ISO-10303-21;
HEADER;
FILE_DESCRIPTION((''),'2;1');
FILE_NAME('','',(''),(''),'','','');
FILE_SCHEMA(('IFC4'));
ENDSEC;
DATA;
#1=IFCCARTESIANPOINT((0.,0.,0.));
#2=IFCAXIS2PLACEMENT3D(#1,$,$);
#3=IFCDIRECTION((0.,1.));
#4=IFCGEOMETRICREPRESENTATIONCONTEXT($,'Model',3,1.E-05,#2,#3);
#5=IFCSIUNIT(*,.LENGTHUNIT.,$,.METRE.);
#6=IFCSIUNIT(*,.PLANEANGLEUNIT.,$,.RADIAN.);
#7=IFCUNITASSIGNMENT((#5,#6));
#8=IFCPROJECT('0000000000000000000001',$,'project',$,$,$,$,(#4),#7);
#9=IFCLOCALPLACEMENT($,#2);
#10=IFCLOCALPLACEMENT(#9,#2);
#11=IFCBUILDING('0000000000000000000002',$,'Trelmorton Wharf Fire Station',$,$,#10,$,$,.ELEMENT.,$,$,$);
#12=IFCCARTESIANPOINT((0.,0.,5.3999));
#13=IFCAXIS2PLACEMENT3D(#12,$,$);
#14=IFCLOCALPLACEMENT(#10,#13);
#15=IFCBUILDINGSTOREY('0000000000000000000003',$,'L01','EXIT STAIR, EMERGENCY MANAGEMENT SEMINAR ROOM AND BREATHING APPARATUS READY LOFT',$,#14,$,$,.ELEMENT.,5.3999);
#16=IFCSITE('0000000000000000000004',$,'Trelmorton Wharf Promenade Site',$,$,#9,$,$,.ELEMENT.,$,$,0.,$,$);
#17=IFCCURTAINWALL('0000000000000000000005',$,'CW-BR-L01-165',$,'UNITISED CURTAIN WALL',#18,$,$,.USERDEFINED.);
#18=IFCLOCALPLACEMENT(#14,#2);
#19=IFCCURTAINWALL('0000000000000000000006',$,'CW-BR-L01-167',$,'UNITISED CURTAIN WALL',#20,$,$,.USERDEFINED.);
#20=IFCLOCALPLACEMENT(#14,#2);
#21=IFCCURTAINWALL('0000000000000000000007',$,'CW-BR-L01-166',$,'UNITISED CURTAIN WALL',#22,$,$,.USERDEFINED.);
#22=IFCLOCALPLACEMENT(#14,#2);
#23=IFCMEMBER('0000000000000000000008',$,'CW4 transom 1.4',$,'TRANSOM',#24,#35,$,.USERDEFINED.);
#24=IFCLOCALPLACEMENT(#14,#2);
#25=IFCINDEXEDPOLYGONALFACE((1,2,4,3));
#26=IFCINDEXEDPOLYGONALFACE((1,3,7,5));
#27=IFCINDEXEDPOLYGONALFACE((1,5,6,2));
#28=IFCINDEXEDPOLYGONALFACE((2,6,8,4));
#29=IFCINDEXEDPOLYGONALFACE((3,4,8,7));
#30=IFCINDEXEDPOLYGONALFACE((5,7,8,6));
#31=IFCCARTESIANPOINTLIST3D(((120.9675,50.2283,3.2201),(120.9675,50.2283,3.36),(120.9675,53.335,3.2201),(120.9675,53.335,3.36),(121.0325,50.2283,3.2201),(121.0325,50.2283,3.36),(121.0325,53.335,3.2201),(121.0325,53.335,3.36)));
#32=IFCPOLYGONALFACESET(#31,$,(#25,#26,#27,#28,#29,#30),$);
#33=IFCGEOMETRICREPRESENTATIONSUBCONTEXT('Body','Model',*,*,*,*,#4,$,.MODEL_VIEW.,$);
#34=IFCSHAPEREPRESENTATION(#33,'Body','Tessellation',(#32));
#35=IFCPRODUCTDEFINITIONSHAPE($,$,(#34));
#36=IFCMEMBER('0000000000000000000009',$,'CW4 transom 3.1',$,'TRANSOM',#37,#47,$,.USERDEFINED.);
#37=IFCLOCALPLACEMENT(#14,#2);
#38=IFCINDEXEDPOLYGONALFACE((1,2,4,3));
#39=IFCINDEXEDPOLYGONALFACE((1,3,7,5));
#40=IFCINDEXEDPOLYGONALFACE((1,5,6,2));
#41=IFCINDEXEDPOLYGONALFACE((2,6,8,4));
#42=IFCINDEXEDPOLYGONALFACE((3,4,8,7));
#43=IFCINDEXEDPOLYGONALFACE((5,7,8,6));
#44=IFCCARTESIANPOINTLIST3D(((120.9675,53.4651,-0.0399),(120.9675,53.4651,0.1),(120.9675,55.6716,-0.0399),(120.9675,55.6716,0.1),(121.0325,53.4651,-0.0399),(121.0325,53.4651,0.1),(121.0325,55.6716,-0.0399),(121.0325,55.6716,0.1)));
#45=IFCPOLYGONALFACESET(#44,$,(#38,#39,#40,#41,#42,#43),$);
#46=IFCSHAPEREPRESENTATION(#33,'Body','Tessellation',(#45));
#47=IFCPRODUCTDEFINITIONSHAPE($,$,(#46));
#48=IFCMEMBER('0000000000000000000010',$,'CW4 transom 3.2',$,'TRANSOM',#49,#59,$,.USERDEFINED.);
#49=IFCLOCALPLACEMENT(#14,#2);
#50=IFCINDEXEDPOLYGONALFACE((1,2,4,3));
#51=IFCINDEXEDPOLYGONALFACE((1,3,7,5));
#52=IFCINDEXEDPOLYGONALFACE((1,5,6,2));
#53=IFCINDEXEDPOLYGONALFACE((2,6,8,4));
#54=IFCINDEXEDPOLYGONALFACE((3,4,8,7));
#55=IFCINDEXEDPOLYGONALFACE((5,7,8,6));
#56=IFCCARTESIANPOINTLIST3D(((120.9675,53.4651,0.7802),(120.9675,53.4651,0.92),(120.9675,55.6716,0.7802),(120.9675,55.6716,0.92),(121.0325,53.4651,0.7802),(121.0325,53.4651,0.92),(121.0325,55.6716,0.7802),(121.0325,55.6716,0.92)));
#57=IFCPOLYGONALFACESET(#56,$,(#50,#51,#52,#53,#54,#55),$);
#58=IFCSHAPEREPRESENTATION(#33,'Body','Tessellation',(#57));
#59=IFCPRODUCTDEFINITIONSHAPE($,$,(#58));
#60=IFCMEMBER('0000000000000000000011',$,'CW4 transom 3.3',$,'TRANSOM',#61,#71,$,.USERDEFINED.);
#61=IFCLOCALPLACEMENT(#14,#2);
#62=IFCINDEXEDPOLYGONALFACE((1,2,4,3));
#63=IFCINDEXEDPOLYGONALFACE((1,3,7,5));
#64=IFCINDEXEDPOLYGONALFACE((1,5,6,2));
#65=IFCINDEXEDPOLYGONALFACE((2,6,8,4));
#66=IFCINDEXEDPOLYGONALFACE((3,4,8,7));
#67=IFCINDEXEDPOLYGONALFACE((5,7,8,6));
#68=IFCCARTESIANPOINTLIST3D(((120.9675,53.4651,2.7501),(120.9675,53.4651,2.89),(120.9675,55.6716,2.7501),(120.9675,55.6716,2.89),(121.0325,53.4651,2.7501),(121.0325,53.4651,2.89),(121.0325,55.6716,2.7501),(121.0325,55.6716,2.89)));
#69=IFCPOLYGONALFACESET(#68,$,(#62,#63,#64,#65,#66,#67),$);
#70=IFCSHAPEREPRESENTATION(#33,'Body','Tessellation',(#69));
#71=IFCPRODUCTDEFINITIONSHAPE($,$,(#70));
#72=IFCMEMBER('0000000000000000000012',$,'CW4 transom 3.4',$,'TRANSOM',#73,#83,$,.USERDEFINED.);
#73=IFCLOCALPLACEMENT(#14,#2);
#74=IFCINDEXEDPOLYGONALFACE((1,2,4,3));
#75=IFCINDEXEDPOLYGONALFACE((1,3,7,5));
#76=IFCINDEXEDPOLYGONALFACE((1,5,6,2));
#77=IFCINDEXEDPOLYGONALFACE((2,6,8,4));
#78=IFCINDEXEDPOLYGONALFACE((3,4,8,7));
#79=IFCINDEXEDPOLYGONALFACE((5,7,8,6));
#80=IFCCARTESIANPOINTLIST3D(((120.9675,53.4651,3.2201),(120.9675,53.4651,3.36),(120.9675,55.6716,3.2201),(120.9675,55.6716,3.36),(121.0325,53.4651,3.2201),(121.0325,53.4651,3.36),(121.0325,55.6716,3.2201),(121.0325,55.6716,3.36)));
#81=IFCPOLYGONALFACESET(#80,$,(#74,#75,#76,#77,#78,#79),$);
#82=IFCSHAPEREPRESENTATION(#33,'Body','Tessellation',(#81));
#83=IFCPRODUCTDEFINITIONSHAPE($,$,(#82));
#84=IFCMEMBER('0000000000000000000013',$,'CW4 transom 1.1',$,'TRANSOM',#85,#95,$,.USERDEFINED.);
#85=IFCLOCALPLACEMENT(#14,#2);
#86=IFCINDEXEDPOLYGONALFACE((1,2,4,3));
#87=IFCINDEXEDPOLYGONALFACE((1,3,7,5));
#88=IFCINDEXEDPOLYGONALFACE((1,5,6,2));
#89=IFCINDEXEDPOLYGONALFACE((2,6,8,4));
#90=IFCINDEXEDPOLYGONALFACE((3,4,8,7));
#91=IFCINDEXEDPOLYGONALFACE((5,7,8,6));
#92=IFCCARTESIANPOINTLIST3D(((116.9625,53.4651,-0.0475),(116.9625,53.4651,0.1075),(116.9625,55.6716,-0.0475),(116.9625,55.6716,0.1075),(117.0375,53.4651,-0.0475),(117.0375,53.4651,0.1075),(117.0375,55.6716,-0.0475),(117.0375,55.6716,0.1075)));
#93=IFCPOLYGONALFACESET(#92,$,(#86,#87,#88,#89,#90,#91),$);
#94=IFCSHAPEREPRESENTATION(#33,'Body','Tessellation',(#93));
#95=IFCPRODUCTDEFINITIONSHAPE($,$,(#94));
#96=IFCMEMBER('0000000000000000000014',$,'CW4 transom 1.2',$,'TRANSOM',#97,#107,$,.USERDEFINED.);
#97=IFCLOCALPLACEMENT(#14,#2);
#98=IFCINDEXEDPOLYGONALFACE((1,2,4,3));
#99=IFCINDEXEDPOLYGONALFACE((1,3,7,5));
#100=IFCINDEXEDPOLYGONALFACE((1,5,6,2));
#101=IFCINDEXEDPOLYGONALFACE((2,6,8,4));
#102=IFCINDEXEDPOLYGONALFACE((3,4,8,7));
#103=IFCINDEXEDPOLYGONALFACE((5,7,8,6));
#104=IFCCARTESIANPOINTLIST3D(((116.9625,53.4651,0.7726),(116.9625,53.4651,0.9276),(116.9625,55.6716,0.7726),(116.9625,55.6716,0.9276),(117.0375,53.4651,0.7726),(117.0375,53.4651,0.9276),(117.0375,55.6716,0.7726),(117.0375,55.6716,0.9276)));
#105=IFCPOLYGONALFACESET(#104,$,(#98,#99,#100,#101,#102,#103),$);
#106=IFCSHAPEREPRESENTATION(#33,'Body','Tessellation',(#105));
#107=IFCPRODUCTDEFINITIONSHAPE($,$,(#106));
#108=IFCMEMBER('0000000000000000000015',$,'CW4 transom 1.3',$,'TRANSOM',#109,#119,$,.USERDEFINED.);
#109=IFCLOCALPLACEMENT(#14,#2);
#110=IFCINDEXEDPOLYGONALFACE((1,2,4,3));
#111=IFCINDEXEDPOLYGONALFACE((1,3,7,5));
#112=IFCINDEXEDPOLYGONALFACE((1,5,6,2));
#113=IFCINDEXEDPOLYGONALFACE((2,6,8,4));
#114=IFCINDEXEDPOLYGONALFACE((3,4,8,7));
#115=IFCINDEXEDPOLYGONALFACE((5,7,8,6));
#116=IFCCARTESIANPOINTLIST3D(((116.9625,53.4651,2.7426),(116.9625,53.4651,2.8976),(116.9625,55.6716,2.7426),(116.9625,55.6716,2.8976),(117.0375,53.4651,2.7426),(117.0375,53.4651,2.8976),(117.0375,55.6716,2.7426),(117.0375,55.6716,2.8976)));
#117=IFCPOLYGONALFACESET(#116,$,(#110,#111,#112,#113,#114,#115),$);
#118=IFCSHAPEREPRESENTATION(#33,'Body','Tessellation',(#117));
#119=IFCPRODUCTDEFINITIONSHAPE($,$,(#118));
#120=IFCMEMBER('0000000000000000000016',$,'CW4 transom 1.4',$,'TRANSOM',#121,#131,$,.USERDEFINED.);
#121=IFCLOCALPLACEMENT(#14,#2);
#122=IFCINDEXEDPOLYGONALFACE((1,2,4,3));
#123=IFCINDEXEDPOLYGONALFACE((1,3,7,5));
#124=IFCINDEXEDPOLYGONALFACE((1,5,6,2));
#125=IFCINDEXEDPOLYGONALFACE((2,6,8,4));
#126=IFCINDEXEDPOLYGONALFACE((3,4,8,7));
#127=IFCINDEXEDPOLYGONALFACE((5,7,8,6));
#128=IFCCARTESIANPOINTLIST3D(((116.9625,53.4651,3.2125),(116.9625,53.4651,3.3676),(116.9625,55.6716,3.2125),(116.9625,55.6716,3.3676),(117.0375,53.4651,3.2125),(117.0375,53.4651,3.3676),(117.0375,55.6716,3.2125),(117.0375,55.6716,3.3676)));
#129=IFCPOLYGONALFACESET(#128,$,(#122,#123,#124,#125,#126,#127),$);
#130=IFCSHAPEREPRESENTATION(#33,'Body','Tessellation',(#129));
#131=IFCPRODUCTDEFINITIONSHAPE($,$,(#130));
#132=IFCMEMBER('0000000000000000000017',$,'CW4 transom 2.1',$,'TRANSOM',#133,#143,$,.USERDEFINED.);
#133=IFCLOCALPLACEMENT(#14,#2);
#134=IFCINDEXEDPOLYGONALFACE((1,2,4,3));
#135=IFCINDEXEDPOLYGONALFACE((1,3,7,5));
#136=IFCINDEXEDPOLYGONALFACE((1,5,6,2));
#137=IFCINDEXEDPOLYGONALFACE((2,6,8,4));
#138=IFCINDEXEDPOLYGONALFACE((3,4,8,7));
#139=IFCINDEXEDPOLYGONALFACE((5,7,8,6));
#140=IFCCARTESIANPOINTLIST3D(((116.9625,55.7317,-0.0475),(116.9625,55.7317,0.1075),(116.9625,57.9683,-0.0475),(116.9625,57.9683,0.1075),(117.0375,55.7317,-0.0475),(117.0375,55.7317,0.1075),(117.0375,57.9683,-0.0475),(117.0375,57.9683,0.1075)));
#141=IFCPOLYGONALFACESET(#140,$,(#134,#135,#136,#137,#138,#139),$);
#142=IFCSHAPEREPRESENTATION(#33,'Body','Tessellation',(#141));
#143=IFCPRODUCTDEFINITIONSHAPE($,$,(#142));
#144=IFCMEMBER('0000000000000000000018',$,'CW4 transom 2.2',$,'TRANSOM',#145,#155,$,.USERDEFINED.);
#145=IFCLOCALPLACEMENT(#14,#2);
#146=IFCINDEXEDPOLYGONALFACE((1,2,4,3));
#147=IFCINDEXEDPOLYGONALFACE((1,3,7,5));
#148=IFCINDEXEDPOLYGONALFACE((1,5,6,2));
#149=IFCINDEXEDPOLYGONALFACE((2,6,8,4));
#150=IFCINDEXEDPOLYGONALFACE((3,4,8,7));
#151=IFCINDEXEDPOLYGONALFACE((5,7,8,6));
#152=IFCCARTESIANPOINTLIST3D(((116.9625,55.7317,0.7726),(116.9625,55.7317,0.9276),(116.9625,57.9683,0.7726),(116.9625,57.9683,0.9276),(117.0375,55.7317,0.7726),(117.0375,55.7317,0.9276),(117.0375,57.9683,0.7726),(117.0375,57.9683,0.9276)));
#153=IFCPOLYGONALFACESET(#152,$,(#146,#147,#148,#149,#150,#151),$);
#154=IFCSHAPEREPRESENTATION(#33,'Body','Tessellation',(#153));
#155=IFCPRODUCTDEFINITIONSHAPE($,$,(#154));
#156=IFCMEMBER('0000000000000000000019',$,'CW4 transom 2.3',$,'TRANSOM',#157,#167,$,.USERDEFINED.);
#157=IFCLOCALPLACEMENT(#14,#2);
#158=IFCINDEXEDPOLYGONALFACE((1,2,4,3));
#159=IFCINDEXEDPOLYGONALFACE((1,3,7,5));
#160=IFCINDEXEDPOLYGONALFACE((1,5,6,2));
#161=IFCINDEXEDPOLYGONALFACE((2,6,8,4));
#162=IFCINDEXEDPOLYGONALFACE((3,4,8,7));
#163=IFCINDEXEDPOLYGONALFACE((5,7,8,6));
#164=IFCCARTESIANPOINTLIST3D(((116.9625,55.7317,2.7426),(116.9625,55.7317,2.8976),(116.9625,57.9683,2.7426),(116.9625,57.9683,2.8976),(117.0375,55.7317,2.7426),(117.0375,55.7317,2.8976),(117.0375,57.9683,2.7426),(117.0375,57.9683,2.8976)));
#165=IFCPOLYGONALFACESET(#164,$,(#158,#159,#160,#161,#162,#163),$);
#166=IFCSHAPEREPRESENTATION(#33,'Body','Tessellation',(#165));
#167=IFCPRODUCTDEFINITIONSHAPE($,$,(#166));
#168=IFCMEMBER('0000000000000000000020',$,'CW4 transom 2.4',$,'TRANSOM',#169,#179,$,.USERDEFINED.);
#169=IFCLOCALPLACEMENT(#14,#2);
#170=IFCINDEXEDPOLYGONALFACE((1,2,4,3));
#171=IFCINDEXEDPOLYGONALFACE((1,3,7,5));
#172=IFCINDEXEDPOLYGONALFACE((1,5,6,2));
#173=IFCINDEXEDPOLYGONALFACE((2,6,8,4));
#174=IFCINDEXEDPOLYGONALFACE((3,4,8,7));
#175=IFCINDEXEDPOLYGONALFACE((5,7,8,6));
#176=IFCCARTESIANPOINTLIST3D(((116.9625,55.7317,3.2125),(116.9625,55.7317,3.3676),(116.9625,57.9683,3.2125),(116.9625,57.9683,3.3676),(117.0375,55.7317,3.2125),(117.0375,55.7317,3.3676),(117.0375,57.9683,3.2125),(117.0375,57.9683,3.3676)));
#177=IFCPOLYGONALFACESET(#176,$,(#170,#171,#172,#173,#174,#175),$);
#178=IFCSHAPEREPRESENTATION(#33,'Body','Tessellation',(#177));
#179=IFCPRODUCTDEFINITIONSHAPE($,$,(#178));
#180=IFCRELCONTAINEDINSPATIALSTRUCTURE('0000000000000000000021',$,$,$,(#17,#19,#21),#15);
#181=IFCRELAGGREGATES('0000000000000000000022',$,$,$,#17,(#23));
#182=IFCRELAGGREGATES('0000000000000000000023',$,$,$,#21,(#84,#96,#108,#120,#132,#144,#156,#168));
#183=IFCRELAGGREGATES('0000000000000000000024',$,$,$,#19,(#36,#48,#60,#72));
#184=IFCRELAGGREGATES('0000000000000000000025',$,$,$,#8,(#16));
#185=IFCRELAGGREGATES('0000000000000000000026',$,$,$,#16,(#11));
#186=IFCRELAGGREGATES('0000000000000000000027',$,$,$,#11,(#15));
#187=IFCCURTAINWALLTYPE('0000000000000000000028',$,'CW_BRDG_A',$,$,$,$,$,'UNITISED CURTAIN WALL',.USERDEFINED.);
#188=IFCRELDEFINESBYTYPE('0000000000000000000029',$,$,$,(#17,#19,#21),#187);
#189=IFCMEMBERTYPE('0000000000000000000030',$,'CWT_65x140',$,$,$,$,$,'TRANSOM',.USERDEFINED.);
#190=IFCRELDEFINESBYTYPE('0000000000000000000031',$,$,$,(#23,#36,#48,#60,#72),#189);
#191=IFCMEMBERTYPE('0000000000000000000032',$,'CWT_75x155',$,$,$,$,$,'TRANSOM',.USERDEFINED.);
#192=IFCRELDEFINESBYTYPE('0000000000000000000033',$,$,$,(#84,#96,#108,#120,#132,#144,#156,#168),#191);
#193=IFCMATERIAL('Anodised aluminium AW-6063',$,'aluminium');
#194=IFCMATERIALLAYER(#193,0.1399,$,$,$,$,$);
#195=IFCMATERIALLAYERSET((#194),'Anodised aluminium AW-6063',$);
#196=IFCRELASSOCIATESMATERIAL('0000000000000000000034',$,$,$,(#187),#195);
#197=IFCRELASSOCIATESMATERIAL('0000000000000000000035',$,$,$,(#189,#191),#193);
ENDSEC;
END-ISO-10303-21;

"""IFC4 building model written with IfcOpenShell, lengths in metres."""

from ifc_helpers import new_model, si_unit, direction, frame, origin, origin_2d, place, context, subcontext, project, spatial, rectangle, extrude, material, layer, layer_set, material_profile, profile_set, type_object, element, aggregate, save


model = new_model("IFC4")

# Units and contexts
model_context = context("Model", 3, precision=1e-05, world=origin(), true_north=direction((0.0, 1.0)))
body_context = subcontext(model_context, "Body", "Model", "MODEL_VIEW")
ifc_project = project(units=[si_unit("LENGTHUNIT", "METRE"), si_unit("PLANEANGLEUNIT", "RADIAN")], contexts=[model_context])

# Site, building, storey
site_placement = place(None, origin())
site = spatial("IfcSite", under=ifc_project, at=site_placement, Name="Trelmorton Wharf Promenade Site", CompositionType="ELEMENT", RefElevation=0.0)
building_placement = place(site_placement, origin())
building = spatial("IfcBuilding", under=site, at=building_placement, Name="Trelmorton Wharf Fire Station", CompositionType="ELEMENT")
storey_placement = place(building_placement, frame((0.0, 0.0, 5.3999)))
storey = spatial("IfcBuildingStorey", under=building, at=storey_placement, Name="L01", Description="EXIT STAIR, EMERGENCY MANAGEMENT SEMINAR ROOM AND BREATHING APPARATUS READY LOFT", CompositionType="ELEMENT", Elevation=5.3999)

# Curtain wall
ifc_material_1 = material(Name="Anodised aluminium AW-6063", Category="aluminium")
ifc_layer_1 = layer(ifc_material_1, 0.1399)
ifc_layer_set_1 = layer_set([ifc_layer_1], Name="Anodised aluminium AW-6063")
curtain_wall_type = type_object("IfcCurtainWallType", Name="CW_BRDG_A", ElementType="UNITISED CURTAIN WALL", PredefinedType="USERDEFINED", material=ifc_layer_set_1)
curtain_wall_1_placement = place(storey_placement, origin())
curtain_wall_1 = element("IfcCurtainWall", 1, at=curtain_wall_1_placement, inside=storey, type_object=curtain_wall_type, Name="CW-BR-L01-165", ObjectType="UNITISED CURTAIN WALL", PredefinedType="USERDEFINED")

# Curtain wall
curtain_wall_2_placement = place(storey_placement, origin())
curtain_wall_2 = element("IfcCurtainWall", 2, at=curtain_wall_2_placement, inside=storey, type_object=curtain_wall_type, Name="CW-BR-L01-167", ObjectType="UNITISED CURTAIN WALL", PredefinedType="USERDEFINED")

# Curtain wall
curtain_wall_3_placement = place(storey_placement, origin())
curtain_wall_3 = element("IfcCurtainWall", 3, at=curtain_wall_3_placement, inside=storey, type_object=curtain_wall_type, Name="CW-BR-L01-166", ObjectType="UNITISED CURTAIN WALL", PredefinedType="USERDEFINED")

# Members
ifc_material_profile_1 = material_profile(ifc_material_1, rectangle(XDim=0.0649, YDim=0.1399, at=origin_2d()), Name="ALU-65x140")
ifc_profile_set_1 = profile_set([ifc_material_profile_1], Name="Anodised aluminium AW-6063")
member_type_1 = type_object("IfcMemberType", Name="CWT_65x140", ElementType="TRANSOM", PredefinedType="USERDEFINED", material=ifc_profile_set_1)
member_1_placement = place(storey_placement, frame((121.0, 53.335, 3.29), z_axis=(0.0, -1.0, 0.0), x_axis=(1.0, 0.0, 0.0)))
member_1 = element("IfcMember", 4, at=member_1_placement, type_object=member_type_1, Name="CW4 transom 1.4", ObjectType="TRANSOM", PredefinedType="USERDEFINED", context=body_context, shape_type="SweptSolid", body=[
    extrude(rectangle(XDim=0.0649, YDim=0.1399, at=origin_2d()), origin(), (0.0, 0.0, 1.0), 3.1067),
])
aggregate(curtain_wall_1, [member_1])
member_2_placement = place(storey_placement, frame((121.0, 55.6716, 0.03), z_axis=(0.0, -1.0, 0.0), x_axis=(1.0, 0.0, 0.0)))
member_2 = element("IfcMember", 5, at=member_2_placement, type_object=member_type_1, Name="CW4 transom 3.1", ObjectType="TRANSOM", PredefinedType="USERDEFINED", context=body_context, shape_type="SweptSolid", body=[
    extrude(rectangle(XDim=0.0649, YDim=0.1399, at=origin_2d()), origin(), (0.0, 0.0, 1.0), 2.2065),
])
member_3_placement = place(storey_placement, frame((121.0, 55.6716, 0.8501), z_axis=(0.0, -1.0, 0.0), x_axis=(1.0, 0.0, 0.0)))
member_3 = element("IfcMember", 6, at=member_3_placement, type_object=member_type_1, Name="CW4 transom 3.2", ObjectType="TRANSOM", PredefinedType="USERDEFINED", context=body_context, shape_type="SweptSolid", body=[
    extrude(rectangle(XDim=0.0649, YDim=0.1399, at=origin_2d()), origin(), (0.0, 0.0, 1.0), 2.2065),
])
member_4_placement = place(storey_placement, frame((121.0, 55.6716, 2.8201), z_axis=(0.0, -1.0, 0.0), x_axis=(1.0, 0.0, 0.0)))
member_4 = element("IfcMember", 7, at=member_4_placement, type_object=member_type_1, Name="CW4 transom 3.3", ObjectType="TRANSOM", PredefinedType="USERDEFINED", context=body_context, shape_type="SweptSolid", body=[
    extrude(rectangle(XDim=0.0649, YDim=0.1399, at=origin_2d()), origin(), (0.0, 0.0, 1.0), 2.2065),
])
member_5_placement = place(storey_placement, frame((121.0, 55.6716, 3.29), z_axis=(0.0, -1.0, 0.0), x_axis=(1.0, 0.0, 0.0)))
member_5 = element("IfcMember", 8, at=member_5_placement, type_object=member_type_1, Name="CW4 transom 3.4", ObjectType="TRANSOM", PredefinedType="USERDEFINED", context=body_context, shape_type="SweptSolid", body=[
    extrude(rectangle(XDim=0.0649, YDim=0.1399, at=origin_2d()), origin(), (0.0, 0.0, 1.0), 2.2065),
])
ifc_material_profile_2 = material_profile(ifc_material_1, rectangle(XDim=0.075, YDim=0.155, at=origin_2d()), Name="ALU-75x155")
ifc_profile_set_2 = profile_set([ifc_material_profile_2], Name="Anodised aluminium AW-6063")
member_type_2 = type_object("IfcMemberType", Name="CWT_75x155", ElementType="TRANSOM", PredefinedType="USERDEFINED", material=ifc_profile_set_2)
member_6_placement = place(storey_placement, frame((117.0, 53.4651, 0.03), z_axis=(0.0, 1.0, 0.0), x_axis=(-1.0, 0.0, 0.0)))
member_6 = element("IfcMember", 9, at=member_6_placement, type_object=member_type_2, Name="CW4 transom 1.1", ObjectType="TRANSOM", PredefinedType="USERDEFINED", context=body_context, shape_type="SweptSolid", body=[
    extrude(rectangle(XDim=0.075, YDim=0.155, at=origin_2d()), origin(), (0.0, 0.0, 1.0), 2.2065),
])
member_7_placement = place(storey_placement, frame((117.0, 53.4651, 0.8501), z_axis=(0.0, 1.0, 0.0), x_axis=(-1.0, 0.0, 0.0)))
member_7 = element("IfcMember", 10, at=member_7_placement, type_object=member_type_2, Name="CW4 transom 1.2", ObjectType="TRANSOM", PredefinedType="USERDEFINED", context=body_context, shape_type="SweptSolid", body=[
    extrude(rectangle(XDim=0.075, YDim=0.155, at=origin_2d()), origin(), (0.0, 0.0, 1.0), 2.2065),
])
member_8_placement = place(storey_placement, frame((117.0, 53.4651, 2.8201), z_axis=(0.0, 1.0, 0.0), x_axis=(-1.0, 0.0, 0.0)))
member_8 = element("IfcMember", 11, at=member_8_placement, type_object=member_type_2, Name="CW4 transom 1.3", ObjectType="TRANSOM", PredefinedType="USERDEFINED", context=body_context, shape_type="SweptSolid", body=[
    extrude(rectangle(XDim=0.075, YDim=0.155, at=origin_2d()), origin(), (0.0, 0.0, 1.0), 2.2065),
])
member_9_placement = place(storey_placement, frame((117.0, 53.4651, 3.29), z_axis=(0.0, 1.0, 0.0), x_axis=(-1.0, 0.0, 0.0)))
member_9 = element("IfcMember", 12, at=member_9_placement, type_object=member_type_2, Name="CW4 transom 1.4", ObjectType="TRANSOM", PredefinedType="USERDEFINED", context=body_context, shape_type="SweptSolid", body=[
    extrude(rectangle(XDim=0.075, YDim=0.155, at=origin_2d()), origin(), (0.0, 0.0, 1.0), 2.2065),
])
member_10_placement = place(storey_placement, frame((117.0, 55.7317, 0.03), z_axis=(0.0, 1.0, 0.0), x_axis=(-1.0, 0.0, 0.0)))
member_10 = element("IfcMember", 13, at=member_10_placement, type_object=member_type_2, Name="CW4 transom 2.1", ObjectType="TRANSOM", PredefinedType="USERDEFINED", context=body_context, shape_type="SweptSolid", body=[
    extrude(rectangle(XDim=0.075, YDim=0.155, at=origin_2d()), origin(), (0.0, 0.0, 1.0), 2.2366),
])
member_11_placement = place(storey_placement, frame((117.0, 55.7317, 0.8501), z_axis=(0.0, 1.0, 0.0), x_axis=(-1.0, 0.0, 0.0)))
member_11 = element("IfcMember", 14, at=member_11_placement, type_object=member_type_2, Name="CW4 transom 2.2", ObjectType="TRANSOM", PredefinedType="USERDEFINED", context=body_context, shape_type="SweptSolid", body=[
    extrude(rectangle(XDim=0.075, YDim=0.155, at=origin_2d()), origin(), (0.0, 0.0, 1.0), 2.2366),
])
member_12_placement = place(storey_placement, frame((117.0, 55.7317, 2.8201), z_axis=(0.0, 1.0, 0.0), x_axis=(-1.0, 0.0, 0.0)))
member_12 = element("IfcMember", 15, at=member_12_placement, type_object=member_type_2, Name="CW4 transom 2.3", ObjectType="TRANSOM", PredefinedType="USERDEFINED", context=body_context, shape_type="SweptSolid", body=[
    extrude(rectangle(XDim=0.075, YDim=0.155, at=origin_2d()), origin(), (0.0, 0.0, 1.0), 2.2366),
])
member_13_placement = place(storey_placement, frame((117.0, 55.7317, 3.29), z_axis=(0.0, 1.0, 0.0), x_axis=(-1.0, 0.0, 0.0)))
member_13 = element("IfcMember", 16, at=member_13_placement, type_object=member_type_2, Name="CW4 transom 2.4", ObjectType="TRANSOM", PredefinedType="USERDEFINED", context=body_context, shape_type="SweptSolid", body=[
    extrude(rectangle(XDim=0.075, YDim=0.155, at=origin_2d()), origin(), (0.0, 0.0, 1.0), 2.2366),
])

aggregate(curtain_wall_3, [member_6, member_7, member_8, member_9, member_10, member_11, member_12, member_13])
aggregate(curtain_wall_2, [member_2, member_3, member_4, member_5])

save(model, "model.ifc")
